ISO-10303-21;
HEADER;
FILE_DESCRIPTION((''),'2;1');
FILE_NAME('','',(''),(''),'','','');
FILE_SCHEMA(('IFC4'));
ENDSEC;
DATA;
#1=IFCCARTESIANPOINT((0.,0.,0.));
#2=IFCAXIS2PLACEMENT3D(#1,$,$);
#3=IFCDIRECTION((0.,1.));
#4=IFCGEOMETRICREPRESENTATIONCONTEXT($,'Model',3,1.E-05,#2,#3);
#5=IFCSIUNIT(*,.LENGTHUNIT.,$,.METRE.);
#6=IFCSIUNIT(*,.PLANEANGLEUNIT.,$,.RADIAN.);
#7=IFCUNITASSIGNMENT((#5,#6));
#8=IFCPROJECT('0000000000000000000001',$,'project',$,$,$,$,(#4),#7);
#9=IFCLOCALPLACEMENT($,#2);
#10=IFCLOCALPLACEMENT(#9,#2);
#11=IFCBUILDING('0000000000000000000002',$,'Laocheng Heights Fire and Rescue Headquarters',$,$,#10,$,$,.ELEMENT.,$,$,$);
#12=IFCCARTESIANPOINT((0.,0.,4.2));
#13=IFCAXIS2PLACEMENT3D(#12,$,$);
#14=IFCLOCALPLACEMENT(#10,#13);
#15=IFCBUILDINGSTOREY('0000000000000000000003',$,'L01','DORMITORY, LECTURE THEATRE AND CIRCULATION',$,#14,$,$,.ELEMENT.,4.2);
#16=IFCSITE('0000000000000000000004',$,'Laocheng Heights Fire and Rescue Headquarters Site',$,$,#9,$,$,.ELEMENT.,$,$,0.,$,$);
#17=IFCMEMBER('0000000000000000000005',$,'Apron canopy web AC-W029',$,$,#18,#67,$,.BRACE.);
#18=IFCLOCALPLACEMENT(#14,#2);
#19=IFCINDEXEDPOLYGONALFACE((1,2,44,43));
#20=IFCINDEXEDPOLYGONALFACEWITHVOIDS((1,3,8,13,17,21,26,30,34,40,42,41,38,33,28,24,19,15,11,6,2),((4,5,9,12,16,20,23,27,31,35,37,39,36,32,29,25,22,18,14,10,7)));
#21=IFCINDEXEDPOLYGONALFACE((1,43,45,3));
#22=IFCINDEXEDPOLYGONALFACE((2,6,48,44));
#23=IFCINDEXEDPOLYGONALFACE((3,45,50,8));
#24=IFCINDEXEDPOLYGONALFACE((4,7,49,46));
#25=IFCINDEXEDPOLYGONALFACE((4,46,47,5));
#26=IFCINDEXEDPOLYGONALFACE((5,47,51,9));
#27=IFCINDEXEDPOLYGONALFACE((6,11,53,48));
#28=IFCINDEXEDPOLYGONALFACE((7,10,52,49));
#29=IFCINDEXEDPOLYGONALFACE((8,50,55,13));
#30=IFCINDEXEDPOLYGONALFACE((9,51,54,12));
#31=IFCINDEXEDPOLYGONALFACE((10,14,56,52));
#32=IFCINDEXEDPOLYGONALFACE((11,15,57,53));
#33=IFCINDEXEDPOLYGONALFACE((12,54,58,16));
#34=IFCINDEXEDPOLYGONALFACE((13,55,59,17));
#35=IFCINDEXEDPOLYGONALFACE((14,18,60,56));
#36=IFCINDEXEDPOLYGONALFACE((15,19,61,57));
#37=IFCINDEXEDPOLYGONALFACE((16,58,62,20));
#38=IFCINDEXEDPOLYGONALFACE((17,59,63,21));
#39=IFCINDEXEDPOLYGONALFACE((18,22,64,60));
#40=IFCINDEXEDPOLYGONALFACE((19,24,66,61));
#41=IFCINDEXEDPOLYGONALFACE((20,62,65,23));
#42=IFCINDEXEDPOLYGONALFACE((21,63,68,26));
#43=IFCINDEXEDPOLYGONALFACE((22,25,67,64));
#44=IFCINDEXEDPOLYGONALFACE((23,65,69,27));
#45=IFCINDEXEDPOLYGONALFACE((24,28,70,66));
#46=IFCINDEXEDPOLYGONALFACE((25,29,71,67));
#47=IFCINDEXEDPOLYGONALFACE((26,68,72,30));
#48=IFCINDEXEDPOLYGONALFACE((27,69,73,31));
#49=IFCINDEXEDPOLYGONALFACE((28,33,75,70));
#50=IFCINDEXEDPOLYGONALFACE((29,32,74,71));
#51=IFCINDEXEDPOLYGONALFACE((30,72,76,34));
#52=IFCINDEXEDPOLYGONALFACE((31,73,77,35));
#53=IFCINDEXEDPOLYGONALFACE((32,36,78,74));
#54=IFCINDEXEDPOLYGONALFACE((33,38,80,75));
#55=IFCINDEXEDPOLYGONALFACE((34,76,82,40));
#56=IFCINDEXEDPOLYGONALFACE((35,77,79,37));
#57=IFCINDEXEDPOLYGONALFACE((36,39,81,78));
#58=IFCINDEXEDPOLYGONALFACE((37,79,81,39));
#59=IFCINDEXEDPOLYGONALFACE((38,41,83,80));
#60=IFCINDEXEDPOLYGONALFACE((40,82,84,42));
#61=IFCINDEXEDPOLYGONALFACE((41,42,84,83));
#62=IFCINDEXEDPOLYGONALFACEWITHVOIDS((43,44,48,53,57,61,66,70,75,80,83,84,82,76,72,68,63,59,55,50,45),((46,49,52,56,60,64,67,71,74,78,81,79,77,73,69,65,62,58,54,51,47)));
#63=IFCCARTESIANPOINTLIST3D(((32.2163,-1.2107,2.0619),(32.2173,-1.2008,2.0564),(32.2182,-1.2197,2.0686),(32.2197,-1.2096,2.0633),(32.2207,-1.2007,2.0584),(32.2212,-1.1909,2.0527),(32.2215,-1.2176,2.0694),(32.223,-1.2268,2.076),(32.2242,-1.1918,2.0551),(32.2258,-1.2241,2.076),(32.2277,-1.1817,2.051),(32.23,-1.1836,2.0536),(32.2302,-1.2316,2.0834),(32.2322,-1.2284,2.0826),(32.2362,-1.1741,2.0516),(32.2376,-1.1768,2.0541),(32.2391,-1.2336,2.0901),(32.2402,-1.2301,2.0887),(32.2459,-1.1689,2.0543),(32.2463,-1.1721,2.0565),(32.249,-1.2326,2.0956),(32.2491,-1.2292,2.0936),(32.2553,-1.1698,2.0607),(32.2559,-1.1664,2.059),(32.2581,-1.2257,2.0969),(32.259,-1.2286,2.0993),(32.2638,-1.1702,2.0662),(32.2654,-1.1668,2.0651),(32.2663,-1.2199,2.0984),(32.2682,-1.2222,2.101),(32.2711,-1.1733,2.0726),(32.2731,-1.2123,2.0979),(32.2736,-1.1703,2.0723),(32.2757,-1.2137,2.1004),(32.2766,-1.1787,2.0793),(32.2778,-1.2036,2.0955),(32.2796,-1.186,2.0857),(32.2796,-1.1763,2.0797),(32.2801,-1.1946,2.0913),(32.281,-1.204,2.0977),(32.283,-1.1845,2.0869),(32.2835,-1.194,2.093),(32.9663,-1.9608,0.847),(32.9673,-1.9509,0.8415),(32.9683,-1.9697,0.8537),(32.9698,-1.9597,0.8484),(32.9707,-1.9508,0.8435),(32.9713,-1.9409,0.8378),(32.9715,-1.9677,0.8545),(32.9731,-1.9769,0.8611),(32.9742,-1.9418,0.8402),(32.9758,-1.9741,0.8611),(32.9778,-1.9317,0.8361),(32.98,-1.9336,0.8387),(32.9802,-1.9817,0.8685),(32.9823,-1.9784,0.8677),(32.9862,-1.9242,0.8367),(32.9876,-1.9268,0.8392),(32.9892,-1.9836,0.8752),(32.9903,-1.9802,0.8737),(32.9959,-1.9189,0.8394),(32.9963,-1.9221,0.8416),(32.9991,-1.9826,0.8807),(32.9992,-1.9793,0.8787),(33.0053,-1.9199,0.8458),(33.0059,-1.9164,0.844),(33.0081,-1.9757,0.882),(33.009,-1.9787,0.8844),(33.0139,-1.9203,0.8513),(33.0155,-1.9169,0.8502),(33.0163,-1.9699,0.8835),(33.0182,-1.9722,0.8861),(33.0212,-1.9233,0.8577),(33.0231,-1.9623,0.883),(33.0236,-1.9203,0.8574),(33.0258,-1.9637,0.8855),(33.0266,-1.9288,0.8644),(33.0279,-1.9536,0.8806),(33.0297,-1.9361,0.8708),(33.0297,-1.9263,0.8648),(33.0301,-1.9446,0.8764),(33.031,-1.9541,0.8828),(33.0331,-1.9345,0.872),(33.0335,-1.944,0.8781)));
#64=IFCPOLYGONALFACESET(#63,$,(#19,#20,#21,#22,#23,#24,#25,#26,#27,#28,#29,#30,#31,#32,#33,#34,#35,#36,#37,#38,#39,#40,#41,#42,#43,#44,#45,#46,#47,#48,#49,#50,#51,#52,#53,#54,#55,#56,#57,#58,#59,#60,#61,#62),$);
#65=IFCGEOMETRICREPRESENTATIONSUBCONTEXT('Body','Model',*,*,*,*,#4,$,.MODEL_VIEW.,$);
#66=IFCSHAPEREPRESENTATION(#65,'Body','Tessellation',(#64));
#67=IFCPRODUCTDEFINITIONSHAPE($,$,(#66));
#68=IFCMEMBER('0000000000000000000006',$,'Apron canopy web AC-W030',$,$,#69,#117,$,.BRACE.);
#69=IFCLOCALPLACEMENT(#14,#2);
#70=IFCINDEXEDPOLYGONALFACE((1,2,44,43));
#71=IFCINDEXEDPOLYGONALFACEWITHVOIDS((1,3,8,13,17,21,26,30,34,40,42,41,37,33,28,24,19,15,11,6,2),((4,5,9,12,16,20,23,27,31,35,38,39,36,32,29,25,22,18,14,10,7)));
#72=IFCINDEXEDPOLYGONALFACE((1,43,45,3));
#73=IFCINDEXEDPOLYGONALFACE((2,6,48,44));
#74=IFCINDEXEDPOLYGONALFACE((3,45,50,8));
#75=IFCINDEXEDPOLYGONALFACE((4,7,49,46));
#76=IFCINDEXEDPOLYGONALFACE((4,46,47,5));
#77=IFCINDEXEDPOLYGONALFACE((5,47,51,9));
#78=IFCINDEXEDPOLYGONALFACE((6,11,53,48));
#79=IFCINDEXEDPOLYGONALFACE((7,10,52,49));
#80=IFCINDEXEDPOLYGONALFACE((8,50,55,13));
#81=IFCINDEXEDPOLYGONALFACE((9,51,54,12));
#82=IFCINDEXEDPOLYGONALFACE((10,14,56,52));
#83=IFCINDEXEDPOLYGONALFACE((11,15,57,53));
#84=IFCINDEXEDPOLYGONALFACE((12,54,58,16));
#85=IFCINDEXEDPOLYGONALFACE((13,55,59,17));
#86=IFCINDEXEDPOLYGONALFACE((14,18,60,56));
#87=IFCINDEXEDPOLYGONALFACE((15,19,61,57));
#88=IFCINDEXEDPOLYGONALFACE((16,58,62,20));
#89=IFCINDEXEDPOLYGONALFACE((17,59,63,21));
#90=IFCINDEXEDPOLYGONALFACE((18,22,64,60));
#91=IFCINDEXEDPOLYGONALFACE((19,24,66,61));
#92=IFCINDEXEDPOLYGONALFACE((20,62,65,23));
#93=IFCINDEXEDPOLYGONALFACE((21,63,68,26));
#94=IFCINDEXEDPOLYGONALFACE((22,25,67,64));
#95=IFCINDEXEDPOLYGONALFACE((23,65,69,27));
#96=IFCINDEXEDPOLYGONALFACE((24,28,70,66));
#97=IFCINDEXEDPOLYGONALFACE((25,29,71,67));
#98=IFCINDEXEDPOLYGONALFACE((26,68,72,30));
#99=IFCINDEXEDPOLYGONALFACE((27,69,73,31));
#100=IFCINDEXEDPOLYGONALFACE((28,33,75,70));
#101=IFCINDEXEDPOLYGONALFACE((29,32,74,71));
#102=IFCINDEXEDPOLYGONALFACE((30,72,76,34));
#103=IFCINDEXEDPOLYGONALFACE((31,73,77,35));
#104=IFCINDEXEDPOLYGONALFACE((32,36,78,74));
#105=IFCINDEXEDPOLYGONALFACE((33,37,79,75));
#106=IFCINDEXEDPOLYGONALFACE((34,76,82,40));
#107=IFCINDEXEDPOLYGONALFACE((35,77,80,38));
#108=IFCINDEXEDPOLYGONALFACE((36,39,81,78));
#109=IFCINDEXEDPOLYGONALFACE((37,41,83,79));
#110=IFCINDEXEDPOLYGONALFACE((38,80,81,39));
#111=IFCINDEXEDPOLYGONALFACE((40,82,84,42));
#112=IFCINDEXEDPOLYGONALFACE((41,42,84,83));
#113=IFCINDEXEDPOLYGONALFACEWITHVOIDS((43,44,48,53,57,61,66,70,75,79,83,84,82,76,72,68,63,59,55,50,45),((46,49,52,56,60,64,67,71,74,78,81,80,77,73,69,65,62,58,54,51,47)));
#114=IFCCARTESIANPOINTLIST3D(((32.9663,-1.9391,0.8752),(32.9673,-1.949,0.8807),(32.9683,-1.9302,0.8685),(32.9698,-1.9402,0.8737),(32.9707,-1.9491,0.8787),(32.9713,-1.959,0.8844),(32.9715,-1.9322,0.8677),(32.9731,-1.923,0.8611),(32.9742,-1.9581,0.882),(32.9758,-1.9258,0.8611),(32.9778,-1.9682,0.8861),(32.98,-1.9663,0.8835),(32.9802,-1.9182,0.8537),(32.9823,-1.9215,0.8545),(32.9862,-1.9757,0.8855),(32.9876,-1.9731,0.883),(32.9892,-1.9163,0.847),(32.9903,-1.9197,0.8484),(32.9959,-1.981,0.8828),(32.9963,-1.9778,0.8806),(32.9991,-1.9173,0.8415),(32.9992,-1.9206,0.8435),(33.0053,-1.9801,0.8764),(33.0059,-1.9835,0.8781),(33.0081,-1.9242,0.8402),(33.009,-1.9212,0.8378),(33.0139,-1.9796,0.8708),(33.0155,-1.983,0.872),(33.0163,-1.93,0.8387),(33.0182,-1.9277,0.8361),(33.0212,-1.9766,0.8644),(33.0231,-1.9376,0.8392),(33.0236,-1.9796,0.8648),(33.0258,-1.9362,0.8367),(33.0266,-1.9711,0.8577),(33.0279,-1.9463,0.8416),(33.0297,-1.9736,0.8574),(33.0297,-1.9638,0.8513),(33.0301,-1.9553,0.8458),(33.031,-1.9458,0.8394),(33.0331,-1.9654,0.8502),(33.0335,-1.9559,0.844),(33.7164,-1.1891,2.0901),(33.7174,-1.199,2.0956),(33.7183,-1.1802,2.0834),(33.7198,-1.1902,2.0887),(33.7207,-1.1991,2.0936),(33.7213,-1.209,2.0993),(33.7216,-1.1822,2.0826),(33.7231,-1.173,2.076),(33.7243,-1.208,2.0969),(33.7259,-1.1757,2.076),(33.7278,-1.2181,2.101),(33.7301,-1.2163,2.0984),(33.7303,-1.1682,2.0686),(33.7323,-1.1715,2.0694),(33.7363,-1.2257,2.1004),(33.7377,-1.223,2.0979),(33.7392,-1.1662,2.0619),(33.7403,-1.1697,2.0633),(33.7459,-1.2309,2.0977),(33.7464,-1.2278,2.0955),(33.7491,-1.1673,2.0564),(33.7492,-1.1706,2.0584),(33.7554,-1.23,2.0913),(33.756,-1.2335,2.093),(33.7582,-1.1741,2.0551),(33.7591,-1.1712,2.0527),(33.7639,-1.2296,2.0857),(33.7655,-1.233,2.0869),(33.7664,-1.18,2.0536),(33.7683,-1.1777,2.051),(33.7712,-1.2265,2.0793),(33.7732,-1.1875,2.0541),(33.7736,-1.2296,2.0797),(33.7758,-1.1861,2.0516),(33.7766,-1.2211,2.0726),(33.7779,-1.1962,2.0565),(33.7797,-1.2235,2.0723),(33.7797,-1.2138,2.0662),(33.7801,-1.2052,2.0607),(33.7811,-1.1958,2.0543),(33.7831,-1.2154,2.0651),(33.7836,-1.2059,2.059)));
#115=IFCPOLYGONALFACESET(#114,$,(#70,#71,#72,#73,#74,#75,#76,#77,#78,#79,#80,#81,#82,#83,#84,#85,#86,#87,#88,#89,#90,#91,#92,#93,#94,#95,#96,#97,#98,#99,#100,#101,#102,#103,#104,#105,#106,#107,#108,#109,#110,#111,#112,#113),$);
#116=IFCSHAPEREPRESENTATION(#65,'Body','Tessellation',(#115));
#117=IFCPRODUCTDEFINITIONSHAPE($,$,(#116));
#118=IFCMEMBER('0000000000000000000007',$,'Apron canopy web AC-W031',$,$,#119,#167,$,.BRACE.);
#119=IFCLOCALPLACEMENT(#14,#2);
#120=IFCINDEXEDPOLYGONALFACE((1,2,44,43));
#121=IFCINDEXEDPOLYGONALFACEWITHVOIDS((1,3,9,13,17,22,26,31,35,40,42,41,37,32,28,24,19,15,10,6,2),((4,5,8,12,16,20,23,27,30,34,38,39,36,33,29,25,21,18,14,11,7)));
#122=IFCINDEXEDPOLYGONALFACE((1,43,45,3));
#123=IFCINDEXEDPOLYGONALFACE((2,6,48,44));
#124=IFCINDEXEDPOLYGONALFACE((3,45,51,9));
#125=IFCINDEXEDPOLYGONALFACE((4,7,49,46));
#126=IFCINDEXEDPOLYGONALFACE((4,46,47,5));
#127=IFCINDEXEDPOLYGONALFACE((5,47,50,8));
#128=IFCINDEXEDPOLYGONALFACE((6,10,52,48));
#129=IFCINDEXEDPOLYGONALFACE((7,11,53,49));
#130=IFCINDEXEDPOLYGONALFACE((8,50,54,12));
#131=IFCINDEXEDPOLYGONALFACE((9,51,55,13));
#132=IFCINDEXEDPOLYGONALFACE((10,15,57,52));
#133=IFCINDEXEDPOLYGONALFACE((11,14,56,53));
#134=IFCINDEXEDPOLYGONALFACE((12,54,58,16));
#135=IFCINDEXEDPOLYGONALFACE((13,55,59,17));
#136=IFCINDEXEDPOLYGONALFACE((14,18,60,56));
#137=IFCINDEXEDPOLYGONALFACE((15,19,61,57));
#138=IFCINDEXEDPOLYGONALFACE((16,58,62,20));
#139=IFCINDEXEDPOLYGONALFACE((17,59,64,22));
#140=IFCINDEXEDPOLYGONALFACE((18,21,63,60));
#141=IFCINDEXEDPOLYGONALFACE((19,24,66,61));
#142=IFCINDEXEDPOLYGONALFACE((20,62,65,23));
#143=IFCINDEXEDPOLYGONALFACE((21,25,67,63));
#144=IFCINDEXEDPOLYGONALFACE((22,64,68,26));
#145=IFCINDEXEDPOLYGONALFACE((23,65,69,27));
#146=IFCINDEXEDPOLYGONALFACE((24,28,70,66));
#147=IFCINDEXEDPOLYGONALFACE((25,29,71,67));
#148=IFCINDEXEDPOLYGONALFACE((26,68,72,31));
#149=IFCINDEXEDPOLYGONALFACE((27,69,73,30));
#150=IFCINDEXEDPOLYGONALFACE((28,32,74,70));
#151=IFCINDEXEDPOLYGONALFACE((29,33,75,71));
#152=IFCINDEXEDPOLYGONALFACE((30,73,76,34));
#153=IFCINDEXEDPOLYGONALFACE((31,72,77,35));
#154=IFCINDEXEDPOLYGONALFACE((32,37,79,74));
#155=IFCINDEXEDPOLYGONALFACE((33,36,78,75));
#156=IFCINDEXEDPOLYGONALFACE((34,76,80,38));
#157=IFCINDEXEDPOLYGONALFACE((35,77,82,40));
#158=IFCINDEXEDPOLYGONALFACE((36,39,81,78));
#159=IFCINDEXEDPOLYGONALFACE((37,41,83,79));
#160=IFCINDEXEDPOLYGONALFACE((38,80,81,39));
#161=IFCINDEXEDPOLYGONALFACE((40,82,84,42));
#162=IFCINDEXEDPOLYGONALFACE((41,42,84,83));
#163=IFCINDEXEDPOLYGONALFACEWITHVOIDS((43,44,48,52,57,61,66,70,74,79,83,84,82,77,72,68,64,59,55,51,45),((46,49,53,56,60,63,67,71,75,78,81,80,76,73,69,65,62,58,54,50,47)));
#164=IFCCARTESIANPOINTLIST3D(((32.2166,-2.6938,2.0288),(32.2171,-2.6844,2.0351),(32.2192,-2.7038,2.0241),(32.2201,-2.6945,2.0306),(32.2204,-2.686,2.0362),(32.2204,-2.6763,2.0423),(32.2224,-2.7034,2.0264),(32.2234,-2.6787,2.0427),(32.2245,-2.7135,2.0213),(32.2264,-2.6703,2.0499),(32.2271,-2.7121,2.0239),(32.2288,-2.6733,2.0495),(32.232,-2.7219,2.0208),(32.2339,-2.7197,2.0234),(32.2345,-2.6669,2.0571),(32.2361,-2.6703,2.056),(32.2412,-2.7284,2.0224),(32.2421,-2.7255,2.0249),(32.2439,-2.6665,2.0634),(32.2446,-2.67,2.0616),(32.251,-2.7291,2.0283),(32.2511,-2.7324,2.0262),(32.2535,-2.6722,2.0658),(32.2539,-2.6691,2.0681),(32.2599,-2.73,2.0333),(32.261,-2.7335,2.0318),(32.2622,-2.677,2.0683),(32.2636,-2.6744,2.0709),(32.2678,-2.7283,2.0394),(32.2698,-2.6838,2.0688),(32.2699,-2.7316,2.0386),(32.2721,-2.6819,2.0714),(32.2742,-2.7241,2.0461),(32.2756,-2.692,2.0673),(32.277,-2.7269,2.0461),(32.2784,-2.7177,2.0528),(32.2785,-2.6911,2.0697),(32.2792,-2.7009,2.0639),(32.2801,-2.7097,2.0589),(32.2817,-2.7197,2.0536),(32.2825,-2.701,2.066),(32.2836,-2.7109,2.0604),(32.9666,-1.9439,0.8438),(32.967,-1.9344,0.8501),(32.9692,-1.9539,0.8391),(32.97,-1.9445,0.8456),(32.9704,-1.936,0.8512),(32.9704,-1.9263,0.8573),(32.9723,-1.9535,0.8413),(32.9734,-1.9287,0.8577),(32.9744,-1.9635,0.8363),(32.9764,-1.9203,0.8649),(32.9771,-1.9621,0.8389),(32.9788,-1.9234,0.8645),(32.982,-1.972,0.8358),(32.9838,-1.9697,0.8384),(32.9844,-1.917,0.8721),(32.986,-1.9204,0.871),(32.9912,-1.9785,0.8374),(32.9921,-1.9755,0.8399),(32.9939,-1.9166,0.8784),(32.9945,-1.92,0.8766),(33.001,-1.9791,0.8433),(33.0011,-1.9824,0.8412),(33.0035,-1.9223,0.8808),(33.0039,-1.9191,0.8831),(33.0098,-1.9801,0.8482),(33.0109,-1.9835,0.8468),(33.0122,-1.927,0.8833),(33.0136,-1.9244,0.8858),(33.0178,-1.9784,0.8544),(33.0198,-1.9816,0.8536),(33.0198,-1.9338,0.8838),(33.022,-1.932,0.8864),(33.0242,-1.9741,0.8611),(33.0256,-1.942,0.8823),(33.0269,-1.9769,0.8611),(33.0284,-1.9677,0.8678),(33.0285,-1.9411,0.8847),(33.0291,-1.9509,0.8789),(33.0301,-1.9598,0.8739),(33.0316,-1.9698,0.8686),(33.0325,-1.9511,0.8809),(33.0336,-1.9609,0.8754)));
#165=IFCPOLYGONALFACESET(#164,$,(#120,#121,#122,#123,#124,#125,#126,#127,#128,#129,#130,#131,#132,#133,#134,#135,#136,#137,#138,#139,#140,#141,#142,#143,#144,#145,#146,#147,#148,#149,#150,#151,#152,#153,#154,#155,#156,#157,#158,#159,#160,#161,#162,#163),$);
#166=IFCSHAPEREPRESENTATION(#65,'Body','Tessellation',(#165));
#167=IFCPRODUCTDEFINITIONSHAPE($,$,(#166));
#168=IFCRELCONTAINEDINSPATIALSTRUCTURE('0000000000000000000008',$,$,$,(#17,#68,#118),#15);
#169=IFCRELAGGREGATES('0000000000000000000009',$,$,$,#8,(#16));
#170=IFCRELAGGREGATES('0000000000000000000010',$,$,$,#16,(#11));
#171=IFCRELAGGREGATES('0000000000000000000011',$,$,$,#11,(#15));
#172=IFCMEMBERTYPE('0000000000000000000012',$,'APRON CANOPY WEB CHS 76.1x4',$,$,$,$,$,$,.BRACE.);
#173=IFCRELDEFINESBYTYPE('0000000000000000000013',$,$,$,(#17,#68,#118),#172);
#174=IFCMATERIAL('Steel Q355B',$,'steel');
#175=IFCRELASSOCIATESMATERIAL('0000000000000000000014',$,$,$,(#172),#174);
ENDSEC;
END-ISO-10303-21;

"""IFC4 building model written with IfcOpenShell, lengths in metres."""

from ifc_helpers import new_model, si_unit, direction, frame, origin, origin_2d, place, context, subcontext, project, spatial, hollow_circle, extrude, material, material_profile, profile_set, type_object, element, save


model = new_model("IFC4")

# Units and contexts
model_context = context("Model", 3, precision=1e-05, world=origin(), true_north=direction((0.0, 1.0)))
body_context = subcontext(model_context, "Body", "Model", "MODEL_VIEW")
ifc_project = project(units=[si_unit("LENGTHUNIT", "METRE"), si_unit("PLANEANGLEUNIT", "RADIAN")], contexts=[model_context])

# Site, building, storey
site_placement = place(None, origin())
site = spatial("IfcSite", under=ifc_project, at=site_placement, Name="Laocheng Heights Fire and Rescue Headquarters Site", CompositionType="ELEMENT", RefElevation=0.0)
building_placement = place(site_placement, origin())
building = spatial("IfcBuilding", under=site, at=building_placement, Name="Laocheng Heights Fire and Rescue Headquarters", CompositionType="ELEMENT")
storey_placement = place(building_placement, frame((0.0, 0.0, 4.2)))
storey = spatial("IfcBuildingStorey", under=building, at=storey_placement, Name="L01", Description="DORMITORY, LECTURE THEATRE AND CIRCULATION", CompositionType="ELEMENT", Elevation=4.2)

# Members
ifc_material_1 = material(Name="Steel Q355B", Category="steel")
ifc_material_profile_1 = material_profile(ifc_material_1, hollow_circle(Radius=0.0381, WallThickness=0.0039, at=origin_2d()), Name="CHS 76.1x4")
ifc_profile_set_1 = profile_set([ifc_material_profile_1], Name="Steel Q355B")
member_type_1 = type_object("IfcMemberType", Name="APRON CANOPY WEB CHS 76.1x4", PredefinedType="BRACE", material=ifc_profile_set_1)
for number, where, z_axis, x_axis, name in (
    (1, (33.0, -1.95, 0.8611), (-0.465055, 0.465055, 0.753292), (-0.707107, -0.707107, 0.0), "Apron canopy web AC-W029"),
    (2, (33.0, -1.95, 0.8611), (0.465055, 0.465055, 0.753292), (-0.707107, 0.707107, 0.0), "Apron canopy web AC-W030"),
):
    element("IfcMember", number, at=place(storey_placement, frame(where, z_axis=z_axis, x_axis=x_axis)), inside=storey, type_object=member_type_1, Name=name, PredefinedType="BRACE", context=body_context, shape_type="SweptSolid", body=[
        extrude(hollow_circle(Radius=0.0381, WallThickness=0.0039, at=origin_2d()), origin(), (0.0, 0.0, 1.0), 1.6128),
    ])
for number, where, z_axis, x_axis, name in (
    (3, (33.0, -1.95, 0.8611), (-0.47158, -0.47158, 0.745134), (0.707107, -0.707107, 0.0), "Apron canopy web AC-W031"),
):
    element("IfcMember", number, at=place(storey_placement, frame(where, z_axis=z_axis, x_axis=x_axis)), inside=storey, type_object=member_type_1, Name=name, PredefinedType="BRACE", context=body_context, shape_type="SweptSolid", body=[
        extrude(hollow_circle(Radius=0.0381, WallThickness=0.0039, at=origin_2d()), origin(), (0.0, 0.0, 1.0), 1.5903),
    ])

save(model, "model.ifc")
